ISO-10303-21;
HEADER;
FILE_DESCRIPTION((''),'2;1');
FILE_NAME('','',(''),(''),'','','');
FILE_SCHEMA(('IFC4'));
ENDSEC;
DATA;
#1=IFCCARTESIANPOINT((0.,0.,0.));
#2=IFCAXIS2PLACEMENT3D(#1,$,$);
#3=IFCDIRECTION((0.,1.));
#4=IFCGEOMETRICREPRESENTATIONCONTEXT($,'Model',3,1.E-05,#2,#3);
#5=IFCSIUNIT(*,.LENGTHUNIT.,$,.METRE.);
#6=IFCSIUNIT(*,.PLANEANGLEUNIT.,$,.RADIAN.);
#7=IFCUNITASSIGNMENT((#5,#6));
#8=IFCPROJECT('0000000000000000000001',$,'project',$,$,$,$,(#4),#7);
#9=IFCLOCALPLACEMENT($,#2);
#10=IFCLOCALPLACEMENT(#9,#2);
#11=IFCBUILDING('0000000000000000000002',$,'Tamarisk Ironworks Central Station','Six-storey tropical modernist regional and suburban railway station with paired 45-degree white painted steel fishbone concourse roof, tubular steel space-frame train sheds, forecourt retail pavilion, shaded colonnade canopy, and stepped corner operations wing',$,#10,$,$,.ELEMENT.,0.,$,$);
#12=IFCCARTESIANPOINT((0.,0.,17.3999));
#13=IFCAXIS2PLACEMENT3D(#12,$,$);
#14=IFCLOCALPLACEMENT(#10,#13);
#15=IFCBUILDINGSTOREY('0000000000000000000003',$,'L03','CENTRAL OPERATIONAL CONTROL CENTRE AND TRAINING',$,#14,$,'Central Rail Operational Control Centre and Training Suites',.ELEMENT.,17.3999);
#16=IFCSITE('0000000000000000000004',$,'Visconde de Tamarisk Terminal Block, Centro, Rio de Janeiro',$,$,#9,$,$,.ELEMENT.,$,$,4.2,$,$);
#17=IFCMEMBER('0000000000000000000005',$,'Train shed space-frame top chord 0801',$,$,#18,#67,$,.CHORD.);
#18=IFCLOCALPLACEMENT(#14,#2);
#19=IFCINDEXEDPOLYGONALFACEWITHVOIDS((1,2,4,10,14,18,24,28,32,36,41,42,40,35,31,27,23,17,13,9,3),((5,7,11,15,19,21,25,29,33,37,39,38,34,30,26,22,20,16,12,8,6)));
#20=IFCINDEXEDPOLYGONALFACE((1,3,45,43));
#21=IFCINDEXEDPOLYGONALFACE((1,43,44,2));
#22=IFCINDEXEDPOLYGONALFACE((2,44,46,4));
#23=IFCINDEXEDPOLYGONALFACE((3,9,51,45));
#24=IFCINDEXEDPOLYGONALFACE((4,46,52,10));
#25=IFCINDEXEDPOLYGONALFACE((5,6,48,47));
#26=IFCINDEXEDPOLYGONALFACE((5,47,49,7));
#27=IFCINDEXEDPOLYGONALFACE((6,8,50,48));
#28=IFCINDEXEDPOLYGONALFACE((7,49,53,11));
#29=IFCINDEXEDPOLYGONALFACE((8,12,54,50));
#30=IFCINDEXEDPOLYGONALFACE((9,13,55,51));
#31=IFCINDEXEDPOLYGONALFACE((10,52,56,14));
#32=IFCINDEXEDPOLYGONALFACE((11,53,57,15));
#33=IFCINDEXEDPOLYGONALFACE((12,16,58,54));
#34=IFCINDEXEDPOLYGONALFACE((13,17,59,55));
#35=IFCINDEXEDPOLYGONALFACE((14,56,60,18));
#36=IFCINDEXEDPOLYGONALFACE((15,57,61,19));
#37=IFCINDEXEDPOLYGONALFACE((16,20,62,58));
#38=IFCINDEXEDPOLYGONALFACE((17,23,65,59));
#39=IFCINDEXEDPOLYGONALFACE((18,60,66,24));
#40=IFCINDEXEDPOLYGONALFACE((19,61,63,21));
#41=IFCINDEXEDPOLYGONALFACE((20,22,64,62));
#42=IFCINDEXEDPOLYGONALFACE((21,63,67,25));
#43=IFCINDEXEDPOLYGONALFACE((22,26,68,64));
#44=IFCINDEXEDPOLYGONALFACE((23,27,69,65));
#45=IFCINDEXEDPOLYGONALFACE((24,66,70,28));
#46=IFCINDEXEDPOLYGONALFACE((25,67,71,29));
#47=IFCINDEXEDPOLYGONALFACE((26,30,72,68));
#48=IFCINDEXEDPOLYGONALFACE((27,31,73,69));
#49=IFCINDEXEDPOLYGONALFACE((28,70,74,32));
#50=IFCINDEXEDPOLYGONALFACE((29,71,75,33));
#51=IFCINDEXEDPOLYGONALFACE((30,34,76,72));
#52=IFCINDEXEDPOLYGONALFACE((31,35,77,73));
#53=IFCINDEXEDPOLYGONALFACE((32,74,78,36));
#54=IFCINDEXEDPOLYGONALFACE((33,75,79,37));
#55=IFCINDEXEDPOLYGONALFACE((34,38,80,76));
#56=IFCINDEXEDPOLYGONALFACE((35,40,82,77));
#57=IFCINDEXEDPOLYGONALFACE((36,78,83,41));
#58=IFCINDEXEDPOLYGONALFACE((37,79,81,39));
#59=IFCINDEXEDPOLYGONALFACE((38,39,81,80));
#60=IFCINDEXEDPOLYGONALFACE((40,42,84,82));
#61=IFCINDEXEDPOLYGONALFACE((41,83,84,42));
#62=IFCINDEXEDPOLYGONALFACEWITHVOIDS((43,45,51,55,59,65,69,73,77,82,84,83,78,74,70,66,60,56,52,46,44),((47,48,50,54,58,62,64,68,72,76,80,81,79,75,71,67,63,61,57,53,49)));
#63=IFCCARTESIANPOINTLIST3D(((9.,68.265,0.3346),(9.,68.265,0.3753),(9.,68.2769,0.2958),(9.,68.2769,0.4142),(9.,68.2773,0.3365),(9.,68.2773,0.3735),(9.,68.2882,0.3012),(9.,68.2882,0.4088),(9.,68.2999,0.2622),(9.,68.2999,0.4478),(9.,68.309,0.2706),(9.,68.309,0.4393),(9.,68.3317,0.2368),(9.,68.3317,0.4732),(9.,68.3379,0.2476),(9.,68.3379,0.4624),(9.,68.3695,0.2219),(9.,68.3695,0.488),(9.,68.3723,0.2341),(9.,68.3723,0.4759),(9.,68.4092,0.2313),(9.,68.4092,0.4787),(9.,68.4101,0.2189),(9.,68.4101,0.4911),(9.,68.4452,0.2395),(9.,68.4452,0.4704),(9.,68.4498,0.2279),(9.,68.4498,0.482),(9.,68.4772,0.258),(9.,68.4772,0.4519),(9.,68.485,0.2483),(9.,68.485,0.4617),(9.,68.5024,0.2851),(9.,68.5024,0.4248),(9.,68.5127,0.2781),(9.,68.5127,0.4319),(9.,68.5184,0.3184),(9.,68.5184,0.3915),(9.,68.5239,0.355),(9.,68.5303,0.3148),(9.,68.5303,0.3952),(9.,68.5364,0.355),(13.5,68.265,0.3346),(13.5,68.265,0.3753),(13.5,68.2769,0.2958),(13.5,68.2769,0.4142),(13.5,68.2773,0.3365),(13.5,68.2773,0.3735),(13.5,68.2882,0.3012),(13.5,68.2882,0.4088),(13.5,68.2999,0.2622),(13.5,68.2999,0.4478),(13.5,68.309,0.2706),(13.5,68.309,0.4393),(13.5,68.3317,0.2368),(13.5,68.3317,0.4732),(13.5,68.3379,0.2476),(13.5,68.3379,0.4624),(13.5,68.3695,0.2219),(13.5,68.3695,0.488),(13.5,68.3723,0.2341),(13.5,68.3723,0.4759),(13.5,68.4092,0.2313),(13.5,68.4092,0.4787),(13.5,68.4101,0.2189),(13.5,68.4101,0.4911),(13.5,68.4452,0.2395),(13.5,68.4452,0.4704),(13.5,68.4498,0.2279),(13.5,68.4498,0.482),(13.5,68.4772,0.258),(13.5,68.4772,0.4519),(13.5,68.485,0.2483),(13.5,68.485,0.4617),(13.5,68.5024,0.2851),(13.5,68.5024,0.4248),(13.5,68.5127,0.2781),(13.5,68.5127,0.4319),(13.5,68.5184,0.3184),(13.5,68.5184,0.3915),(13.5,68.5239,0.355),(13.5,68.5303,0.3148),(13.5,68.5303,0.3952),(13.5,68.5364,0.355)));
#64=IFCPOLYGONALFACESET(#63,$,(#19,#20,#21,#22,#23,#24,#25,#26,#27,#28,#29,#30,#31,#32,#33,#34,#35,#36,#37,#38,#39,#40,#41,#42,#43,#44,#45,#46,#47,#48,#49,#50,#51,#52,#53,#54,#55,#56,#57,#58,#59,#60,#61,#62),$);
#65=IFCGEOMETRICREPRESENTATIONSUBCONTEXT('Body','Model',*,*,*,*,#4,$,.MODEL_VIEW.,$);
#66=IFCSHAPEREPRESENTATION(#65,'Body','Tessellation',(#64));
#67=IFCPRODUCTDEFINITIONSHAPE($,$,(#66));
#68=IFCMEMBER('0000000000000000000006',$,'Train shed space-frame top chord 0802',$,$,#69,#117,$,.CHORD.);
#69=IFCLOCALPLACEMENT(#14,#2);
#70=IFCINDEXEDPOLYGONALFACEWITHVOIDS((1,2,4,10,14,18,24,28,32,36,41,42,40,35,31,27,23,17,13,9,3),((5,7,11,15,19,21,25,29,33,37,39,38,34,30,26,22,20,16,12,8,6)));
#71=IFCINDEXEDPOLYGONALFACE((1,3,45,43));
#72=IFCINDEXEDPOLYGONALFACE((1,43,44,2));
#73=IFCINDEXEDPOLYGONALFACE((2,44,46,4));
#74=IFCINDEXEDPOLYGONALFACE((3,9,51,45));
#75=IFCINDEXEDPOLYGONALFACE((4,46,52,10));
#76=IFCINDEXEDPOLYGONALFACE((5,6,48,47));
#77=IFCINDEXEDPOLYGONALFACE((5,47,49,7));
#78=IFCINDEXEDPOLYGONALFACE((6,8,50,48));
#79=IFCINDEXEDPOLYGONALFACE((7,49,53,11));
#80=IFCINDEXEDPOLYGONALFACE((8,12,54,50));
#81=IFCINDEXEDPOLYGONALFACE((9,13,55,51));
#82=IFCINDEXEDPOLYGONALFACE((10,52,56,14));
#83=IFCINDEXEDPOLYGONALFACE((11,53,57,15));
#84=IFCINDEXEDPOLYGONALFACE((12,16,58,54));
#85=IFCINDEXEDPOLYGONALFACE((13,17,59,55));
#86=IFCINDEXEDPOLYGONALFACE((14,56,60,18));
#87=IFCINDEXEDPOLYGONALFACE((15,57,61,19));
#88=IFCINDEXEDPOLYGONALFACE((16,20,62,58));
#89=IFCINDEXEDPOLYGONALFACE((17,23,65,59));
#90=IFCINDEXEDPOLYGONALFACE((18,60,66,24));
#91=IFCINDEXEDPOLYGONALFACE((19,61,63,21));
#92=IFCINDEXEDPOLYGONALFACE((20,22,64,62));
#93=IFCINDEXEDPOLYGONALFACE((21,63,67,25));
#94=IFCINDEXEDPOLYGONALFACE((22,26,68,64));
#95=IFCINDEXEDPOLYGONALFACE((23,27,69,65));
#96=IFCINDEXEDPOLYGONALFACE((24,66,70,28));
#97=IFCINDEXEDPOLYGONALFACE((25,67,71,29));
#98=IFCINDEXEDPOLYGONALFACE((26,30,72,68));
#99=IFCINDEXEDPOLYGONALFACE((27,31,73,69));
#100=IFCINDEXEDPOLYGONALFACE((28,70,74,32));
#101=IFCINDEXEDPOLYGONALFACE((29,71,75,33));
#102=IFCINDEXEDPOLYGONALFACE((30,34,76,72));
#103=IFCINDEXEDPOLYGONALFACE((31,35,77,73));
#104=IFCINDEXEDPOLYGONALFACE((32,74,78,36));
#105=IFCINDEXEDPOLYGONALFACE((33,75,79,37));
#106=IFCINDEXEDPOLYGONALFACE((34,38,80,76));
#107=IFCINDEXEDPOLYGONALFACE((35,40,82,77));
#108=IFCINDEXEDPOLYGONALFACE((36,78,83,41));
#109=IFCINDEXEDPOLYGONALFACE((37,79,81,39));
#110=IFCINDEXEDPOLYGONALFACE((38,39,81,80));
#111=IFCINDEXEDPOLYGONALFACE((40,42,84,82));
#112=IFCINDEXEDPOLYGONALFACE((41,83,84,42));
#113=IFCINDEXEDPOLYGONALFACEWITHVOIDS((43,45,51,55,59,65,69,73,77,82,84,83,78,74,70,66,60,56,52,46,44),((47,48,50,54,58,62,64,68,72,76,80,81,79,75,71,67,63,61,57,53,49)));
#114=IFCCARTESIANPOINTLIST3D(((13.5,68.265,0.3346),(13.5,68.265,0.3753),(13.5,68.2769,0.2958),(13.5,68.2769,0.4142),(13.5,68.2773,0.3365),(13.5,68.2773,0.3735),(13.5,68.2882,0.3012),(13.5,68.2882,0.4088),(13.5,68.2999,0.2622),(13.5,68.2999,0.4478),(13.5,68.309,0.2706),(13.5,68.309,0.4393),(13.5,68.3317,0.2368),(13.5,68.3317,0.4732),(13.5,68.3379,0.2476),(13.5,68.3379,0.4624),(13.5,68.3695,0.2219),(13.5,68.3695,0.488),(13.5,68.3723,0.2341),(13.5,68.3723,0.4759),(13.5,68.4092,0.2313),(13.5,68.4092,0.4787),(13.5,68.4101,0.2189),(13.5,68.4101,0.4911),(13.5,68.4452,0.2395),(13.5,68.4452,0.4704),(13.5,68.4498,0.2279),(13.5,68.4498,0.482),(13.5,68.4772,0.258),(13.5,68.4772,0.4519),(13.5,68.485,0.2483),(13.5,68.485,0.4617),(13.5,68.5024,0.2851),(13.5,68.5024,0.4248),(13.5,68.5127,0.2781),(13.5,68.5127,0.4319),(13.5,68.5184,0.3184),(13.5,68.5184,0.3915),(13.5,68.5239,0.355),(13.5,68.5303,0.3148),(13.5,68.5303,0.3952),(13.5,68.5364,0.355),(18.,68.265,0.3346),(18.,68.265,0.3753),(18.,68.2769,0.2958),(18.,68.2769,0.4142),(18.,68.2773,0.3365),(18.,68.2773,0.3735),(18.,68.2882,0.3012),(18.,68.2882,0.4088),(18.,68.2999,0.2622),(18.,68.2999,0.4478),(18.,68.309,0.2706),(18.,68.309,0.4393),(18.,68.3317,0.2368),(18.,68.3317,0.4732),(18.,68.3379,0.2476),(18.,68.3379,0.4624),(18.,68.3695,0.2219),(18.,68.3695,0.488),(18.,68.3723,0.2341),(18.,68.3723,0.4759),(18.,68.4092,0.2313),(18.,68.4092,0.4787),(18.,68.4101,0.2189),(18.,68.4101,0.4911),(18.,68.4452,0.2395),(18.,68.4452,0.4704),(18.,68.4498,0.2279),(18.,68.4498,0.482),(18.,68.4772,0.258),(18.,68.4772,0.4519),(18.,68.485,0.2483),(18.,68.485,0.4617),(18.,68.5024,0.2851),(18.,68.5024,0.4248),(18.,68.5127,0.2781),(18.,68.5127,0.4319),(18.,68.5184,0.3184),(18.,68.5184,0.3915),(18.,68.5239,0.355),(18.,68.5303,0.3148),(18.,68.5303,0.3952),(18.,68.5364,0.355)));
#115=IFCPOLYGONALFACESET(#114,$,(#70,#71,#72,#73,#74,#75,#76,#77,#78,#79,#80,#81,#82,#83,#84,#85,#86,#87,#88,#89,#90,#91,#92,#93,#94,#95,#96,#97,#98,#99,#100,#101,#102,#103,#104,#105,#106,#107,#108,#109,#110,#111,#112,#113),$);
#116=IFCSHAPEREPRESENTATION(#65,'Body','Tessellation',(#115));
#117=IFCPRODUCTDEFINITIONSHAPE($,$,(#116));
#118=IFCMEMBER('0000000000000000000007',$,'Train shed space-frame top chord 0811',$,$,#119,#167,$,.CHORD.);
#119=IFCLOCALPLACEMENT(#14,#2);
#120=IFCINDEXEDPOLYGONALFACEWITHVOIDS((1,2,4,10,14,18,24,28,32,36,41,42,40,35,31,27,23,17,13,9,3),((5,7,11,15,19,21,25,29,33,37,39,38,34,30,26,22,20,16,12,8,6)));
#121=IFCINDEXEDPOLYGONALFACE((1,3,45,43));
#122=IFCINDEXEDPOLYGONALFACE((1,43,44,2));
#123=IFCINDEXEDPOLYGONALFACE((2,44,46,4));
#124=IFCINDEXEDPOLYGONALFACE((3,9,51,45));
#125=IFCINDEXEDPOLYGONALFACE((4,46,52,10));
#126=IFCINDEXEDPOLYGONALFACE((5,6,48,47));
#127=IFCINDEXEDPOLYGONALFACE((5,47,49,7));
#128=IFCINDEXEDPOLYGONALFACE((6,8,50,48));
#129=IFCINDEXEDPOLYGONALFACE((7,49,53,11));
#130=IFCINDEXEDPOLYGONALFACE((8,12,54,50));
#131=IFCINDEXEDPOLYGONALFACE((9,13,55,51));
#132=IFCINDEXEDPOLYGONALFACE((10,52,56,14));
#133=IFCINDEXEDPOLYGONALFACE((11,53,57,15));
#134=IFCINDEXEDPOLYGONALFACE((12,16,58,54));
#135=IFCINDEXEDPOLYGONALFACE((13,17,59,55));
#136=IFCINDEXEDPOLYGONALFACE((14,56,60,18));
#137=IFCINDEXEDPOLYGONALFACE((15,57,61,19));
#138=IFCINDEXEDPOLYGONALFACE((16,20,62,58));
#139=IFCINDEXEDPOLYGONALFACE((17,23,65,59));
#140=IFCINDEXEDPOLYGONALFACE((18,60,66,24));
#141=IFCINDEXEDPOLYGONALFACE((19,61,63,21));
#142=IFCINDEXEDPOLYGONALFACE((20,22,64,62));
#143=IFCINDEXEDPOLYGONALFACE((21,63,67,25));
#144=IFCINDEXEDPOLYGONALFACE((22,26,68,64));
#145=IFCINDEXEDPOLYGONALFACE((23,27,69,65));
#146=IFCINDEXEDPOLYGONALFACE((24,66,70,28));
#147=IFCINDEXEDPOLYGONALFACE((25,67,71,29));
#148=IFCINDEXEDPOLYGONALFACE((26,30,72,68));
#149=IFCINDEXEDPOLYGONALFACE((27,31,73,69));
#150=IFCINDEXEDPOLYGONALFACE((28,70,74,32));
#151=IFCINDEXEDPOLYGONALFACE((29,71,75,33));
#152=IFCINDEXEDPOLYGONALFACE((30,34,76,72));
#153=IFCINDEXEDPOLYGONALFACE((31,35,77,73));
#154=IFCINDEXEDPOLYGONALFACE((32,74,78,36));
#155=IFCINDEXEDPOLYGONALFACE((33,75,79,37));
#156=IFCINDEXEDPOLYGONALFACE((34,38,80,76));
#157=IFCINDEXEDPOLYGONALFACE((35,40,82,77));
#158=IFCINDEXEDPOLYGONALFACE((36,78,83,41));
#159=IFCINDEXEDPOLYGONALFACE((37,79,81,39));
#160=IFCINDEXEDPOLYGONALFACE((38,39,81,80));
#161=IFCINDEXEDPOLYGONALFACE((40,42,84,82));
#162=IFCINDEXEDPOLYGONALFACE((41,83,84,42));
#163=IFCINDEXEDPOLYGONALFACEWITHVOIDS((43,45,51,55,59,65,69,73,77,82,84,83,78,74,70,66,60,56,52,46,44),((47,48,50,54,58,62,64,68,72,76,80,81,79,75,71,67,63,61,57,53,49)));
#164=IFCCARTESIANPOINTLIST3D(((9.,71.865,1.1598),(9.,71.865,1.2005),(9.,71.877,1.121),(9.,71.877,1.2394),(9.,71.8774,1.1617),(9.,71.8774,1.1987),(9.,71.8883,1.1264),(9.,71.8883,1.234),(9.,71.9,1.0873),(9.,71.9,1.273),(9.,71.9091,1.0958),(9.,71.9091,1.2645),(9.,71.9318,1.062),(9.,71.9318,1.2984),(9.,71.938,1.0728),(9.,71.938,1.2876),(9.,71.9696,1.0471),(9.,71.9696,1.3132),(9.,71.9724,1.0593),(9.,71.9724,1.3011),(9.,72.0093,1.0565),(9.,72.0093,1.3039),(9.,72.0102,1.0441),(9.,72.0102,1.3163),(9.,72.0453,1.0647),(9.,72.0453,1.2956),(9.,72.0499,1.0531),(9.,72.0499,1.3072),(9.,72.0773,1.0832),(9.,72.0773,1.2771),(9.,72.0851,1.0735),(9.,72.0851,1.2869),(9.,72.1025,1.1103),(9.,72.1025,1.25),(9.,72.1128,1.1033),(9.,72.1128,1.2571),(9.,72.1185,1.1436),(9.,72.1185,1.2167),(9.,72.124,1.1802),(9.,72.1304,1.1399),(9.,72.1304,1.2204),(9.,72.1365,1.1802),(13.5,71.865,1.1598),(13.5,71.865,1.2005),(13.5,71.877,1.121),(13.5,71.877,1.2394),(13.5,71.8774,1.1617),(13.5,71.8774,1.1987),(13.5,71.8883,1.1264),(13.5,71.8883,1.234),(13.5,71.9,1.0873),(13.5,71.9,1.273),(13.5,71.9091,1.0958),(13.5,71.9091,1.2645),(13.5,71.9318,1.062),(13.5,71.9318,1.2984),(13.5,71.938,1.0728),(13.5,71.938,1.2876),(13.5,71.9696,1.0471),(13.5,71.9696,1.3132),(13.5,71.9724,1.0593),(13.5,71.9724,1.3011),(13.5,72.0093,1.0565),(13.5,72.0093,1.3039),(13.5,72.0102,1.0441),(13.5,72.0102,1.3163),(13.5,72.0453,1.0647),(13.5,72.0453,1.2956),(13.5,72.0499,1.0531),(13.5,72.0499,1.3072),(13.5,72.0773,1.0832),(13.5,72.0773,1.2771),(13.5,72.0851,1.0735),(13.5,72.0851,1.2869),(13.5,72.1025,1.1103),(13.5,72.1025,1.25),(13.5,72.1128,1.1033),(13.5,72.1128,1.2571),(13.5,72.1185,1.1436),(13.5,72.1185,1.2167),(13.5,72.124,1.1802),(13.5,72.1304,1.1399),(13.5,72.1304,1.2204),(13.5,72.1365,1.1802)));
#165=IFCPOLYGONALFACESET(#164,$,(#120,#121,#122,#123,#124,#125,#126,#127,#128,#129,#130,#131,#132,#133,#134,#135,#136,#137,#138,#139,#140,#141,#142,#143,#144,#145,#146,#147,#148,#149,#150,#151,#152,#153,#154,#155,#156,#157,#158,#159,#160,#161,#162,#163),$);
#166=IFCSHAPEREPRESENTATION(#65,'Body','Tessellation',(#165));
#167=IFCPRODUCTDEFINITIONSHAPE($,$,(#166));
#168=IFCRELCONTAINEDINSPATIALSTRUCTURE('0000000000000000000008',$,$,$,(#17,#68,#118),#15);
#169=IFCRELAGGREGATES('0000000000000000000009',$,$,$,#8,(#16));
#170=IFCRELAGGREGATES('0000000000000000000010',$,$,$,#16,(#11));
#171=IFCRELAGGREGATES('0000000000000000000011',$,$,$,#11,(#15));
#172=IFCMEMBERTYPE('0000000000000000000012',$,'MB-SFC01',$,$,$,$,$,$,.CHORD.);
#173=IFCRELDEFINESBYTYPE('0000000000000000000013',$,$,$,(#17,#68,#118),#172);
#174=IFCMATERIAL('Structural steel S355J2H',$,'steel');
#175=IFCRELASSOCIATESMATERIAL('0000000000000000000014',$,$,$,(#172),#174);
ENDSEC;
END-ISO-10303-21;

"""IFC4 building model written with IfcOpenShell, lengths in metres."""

from ifc_helpers import new_model, si_unit, direction, frame, origin, origin_2d, place, context, subcontext, project, spatial, hollow_circle, extrude, material, material_profile, profile_set, type_object, element, save


model = new_model("IFC4")

# Units and contexts
model_context = context("Model", 3, precision=1e-05, world=origin(), true_north=direction((0.0, 1.0)))
body_context = subcontext(model_context, "Body", "Model", "MODEL_VIEW")
ifc_project = project(units=[si_unit("LENGTHUNIT", "METRE"), si_unit("PLANEANGLEUNIT", "RADIAN")], contexts=[model_context])

# Site, building, storey
site_placement = place(None, origin())
site = spatial("IfcSite", under=ifc_project, at=site_placement, Name="Visconde de Tamarisk Terminal Block, Centro, Rio de Janeiro", CompositionType="ELEMENT", RefElevation=4.2)
building_placement = place(site_placement, origin())
building = spatial("IfcBuilding", under=site, at=building_placement, Name="Tamarisk Ironworks Central Station", Description="Six-storey tropical modernist regional and suburban railway station with paired 45-degree white painted steel fishbone concourse roof, tubular steel space-frame train sheds, forecourt retail pavilion, shaded colonnade canopy, and stepped corner operations wing", CompositionType="ELEMENT", ElevationOfRefHeight=0.0)
storey_placement = place(building_placement, frame((0.0, 0.0, 17.3999)))
storey = spatial("IfcBuildingStorey", under=building, at=storey_placement, Name="L03", Description="CENTRAL OPERATIONAL CONTROL CENTRE AND TRAINING", LongName="Central Rail Operational Control Centre and Training Suites", CompositionType="ELEMENT", Elevation=17.3999)

# Members
ifc_material = material(Name="Structural steel S355J2H", Category="steel")
ifc_material_profile_1 = material_profile(ifc_material, hollow_circle(Radius=0.1365, WallThickness=0.0125, at=origin_2d()), Name="CHS 273x12.5")
ifc_profile_set_1 = profile_set([ifc_material_profile_1], Name="Structural steel S355J2H")
member_type_1 = type_object("IfcMemberType", Name="MB-SFC01", PredefinedType="CHORD", material=ifc_profile_set_1)
for number, where, z_axis, x_axis, name in (
    (1, (9.0, 68.3999, 0.355), (1.0, 0.0, 0.0), (0.0, 1.0, 0.0), "Train shed space-frame top chord 0801"),
    (2, (13.5, 68.3999, 0.355), (1.0, 0.0, 0.0), (0.0, 1.0, 0.0), "Train shed space-frame top chord 0802"),
    (3, (9.0, 72.0, 1.1802), (1.0, 0.0, 0.0), (0.0, 1.0, 0.0), "Train shed space-frame top chord 0811"),
):
    element("IfcMember", number, at=place(storey_placement, frame(where, z_axis=z_axis, x_axis=x_axis)), inside=storey, type_object=member_type_1, Name=name, PredefinedType="CHORD", context=body_context, shape_type="SweptSolid", body=[
        extrude(hollow_circle(Radius=0.1365, WallThickness=0.0125, at=origin_2d()), origin(), (0.0, 0.0, 1.0), 4.5),
    ])

save(model, "model.ifc")
